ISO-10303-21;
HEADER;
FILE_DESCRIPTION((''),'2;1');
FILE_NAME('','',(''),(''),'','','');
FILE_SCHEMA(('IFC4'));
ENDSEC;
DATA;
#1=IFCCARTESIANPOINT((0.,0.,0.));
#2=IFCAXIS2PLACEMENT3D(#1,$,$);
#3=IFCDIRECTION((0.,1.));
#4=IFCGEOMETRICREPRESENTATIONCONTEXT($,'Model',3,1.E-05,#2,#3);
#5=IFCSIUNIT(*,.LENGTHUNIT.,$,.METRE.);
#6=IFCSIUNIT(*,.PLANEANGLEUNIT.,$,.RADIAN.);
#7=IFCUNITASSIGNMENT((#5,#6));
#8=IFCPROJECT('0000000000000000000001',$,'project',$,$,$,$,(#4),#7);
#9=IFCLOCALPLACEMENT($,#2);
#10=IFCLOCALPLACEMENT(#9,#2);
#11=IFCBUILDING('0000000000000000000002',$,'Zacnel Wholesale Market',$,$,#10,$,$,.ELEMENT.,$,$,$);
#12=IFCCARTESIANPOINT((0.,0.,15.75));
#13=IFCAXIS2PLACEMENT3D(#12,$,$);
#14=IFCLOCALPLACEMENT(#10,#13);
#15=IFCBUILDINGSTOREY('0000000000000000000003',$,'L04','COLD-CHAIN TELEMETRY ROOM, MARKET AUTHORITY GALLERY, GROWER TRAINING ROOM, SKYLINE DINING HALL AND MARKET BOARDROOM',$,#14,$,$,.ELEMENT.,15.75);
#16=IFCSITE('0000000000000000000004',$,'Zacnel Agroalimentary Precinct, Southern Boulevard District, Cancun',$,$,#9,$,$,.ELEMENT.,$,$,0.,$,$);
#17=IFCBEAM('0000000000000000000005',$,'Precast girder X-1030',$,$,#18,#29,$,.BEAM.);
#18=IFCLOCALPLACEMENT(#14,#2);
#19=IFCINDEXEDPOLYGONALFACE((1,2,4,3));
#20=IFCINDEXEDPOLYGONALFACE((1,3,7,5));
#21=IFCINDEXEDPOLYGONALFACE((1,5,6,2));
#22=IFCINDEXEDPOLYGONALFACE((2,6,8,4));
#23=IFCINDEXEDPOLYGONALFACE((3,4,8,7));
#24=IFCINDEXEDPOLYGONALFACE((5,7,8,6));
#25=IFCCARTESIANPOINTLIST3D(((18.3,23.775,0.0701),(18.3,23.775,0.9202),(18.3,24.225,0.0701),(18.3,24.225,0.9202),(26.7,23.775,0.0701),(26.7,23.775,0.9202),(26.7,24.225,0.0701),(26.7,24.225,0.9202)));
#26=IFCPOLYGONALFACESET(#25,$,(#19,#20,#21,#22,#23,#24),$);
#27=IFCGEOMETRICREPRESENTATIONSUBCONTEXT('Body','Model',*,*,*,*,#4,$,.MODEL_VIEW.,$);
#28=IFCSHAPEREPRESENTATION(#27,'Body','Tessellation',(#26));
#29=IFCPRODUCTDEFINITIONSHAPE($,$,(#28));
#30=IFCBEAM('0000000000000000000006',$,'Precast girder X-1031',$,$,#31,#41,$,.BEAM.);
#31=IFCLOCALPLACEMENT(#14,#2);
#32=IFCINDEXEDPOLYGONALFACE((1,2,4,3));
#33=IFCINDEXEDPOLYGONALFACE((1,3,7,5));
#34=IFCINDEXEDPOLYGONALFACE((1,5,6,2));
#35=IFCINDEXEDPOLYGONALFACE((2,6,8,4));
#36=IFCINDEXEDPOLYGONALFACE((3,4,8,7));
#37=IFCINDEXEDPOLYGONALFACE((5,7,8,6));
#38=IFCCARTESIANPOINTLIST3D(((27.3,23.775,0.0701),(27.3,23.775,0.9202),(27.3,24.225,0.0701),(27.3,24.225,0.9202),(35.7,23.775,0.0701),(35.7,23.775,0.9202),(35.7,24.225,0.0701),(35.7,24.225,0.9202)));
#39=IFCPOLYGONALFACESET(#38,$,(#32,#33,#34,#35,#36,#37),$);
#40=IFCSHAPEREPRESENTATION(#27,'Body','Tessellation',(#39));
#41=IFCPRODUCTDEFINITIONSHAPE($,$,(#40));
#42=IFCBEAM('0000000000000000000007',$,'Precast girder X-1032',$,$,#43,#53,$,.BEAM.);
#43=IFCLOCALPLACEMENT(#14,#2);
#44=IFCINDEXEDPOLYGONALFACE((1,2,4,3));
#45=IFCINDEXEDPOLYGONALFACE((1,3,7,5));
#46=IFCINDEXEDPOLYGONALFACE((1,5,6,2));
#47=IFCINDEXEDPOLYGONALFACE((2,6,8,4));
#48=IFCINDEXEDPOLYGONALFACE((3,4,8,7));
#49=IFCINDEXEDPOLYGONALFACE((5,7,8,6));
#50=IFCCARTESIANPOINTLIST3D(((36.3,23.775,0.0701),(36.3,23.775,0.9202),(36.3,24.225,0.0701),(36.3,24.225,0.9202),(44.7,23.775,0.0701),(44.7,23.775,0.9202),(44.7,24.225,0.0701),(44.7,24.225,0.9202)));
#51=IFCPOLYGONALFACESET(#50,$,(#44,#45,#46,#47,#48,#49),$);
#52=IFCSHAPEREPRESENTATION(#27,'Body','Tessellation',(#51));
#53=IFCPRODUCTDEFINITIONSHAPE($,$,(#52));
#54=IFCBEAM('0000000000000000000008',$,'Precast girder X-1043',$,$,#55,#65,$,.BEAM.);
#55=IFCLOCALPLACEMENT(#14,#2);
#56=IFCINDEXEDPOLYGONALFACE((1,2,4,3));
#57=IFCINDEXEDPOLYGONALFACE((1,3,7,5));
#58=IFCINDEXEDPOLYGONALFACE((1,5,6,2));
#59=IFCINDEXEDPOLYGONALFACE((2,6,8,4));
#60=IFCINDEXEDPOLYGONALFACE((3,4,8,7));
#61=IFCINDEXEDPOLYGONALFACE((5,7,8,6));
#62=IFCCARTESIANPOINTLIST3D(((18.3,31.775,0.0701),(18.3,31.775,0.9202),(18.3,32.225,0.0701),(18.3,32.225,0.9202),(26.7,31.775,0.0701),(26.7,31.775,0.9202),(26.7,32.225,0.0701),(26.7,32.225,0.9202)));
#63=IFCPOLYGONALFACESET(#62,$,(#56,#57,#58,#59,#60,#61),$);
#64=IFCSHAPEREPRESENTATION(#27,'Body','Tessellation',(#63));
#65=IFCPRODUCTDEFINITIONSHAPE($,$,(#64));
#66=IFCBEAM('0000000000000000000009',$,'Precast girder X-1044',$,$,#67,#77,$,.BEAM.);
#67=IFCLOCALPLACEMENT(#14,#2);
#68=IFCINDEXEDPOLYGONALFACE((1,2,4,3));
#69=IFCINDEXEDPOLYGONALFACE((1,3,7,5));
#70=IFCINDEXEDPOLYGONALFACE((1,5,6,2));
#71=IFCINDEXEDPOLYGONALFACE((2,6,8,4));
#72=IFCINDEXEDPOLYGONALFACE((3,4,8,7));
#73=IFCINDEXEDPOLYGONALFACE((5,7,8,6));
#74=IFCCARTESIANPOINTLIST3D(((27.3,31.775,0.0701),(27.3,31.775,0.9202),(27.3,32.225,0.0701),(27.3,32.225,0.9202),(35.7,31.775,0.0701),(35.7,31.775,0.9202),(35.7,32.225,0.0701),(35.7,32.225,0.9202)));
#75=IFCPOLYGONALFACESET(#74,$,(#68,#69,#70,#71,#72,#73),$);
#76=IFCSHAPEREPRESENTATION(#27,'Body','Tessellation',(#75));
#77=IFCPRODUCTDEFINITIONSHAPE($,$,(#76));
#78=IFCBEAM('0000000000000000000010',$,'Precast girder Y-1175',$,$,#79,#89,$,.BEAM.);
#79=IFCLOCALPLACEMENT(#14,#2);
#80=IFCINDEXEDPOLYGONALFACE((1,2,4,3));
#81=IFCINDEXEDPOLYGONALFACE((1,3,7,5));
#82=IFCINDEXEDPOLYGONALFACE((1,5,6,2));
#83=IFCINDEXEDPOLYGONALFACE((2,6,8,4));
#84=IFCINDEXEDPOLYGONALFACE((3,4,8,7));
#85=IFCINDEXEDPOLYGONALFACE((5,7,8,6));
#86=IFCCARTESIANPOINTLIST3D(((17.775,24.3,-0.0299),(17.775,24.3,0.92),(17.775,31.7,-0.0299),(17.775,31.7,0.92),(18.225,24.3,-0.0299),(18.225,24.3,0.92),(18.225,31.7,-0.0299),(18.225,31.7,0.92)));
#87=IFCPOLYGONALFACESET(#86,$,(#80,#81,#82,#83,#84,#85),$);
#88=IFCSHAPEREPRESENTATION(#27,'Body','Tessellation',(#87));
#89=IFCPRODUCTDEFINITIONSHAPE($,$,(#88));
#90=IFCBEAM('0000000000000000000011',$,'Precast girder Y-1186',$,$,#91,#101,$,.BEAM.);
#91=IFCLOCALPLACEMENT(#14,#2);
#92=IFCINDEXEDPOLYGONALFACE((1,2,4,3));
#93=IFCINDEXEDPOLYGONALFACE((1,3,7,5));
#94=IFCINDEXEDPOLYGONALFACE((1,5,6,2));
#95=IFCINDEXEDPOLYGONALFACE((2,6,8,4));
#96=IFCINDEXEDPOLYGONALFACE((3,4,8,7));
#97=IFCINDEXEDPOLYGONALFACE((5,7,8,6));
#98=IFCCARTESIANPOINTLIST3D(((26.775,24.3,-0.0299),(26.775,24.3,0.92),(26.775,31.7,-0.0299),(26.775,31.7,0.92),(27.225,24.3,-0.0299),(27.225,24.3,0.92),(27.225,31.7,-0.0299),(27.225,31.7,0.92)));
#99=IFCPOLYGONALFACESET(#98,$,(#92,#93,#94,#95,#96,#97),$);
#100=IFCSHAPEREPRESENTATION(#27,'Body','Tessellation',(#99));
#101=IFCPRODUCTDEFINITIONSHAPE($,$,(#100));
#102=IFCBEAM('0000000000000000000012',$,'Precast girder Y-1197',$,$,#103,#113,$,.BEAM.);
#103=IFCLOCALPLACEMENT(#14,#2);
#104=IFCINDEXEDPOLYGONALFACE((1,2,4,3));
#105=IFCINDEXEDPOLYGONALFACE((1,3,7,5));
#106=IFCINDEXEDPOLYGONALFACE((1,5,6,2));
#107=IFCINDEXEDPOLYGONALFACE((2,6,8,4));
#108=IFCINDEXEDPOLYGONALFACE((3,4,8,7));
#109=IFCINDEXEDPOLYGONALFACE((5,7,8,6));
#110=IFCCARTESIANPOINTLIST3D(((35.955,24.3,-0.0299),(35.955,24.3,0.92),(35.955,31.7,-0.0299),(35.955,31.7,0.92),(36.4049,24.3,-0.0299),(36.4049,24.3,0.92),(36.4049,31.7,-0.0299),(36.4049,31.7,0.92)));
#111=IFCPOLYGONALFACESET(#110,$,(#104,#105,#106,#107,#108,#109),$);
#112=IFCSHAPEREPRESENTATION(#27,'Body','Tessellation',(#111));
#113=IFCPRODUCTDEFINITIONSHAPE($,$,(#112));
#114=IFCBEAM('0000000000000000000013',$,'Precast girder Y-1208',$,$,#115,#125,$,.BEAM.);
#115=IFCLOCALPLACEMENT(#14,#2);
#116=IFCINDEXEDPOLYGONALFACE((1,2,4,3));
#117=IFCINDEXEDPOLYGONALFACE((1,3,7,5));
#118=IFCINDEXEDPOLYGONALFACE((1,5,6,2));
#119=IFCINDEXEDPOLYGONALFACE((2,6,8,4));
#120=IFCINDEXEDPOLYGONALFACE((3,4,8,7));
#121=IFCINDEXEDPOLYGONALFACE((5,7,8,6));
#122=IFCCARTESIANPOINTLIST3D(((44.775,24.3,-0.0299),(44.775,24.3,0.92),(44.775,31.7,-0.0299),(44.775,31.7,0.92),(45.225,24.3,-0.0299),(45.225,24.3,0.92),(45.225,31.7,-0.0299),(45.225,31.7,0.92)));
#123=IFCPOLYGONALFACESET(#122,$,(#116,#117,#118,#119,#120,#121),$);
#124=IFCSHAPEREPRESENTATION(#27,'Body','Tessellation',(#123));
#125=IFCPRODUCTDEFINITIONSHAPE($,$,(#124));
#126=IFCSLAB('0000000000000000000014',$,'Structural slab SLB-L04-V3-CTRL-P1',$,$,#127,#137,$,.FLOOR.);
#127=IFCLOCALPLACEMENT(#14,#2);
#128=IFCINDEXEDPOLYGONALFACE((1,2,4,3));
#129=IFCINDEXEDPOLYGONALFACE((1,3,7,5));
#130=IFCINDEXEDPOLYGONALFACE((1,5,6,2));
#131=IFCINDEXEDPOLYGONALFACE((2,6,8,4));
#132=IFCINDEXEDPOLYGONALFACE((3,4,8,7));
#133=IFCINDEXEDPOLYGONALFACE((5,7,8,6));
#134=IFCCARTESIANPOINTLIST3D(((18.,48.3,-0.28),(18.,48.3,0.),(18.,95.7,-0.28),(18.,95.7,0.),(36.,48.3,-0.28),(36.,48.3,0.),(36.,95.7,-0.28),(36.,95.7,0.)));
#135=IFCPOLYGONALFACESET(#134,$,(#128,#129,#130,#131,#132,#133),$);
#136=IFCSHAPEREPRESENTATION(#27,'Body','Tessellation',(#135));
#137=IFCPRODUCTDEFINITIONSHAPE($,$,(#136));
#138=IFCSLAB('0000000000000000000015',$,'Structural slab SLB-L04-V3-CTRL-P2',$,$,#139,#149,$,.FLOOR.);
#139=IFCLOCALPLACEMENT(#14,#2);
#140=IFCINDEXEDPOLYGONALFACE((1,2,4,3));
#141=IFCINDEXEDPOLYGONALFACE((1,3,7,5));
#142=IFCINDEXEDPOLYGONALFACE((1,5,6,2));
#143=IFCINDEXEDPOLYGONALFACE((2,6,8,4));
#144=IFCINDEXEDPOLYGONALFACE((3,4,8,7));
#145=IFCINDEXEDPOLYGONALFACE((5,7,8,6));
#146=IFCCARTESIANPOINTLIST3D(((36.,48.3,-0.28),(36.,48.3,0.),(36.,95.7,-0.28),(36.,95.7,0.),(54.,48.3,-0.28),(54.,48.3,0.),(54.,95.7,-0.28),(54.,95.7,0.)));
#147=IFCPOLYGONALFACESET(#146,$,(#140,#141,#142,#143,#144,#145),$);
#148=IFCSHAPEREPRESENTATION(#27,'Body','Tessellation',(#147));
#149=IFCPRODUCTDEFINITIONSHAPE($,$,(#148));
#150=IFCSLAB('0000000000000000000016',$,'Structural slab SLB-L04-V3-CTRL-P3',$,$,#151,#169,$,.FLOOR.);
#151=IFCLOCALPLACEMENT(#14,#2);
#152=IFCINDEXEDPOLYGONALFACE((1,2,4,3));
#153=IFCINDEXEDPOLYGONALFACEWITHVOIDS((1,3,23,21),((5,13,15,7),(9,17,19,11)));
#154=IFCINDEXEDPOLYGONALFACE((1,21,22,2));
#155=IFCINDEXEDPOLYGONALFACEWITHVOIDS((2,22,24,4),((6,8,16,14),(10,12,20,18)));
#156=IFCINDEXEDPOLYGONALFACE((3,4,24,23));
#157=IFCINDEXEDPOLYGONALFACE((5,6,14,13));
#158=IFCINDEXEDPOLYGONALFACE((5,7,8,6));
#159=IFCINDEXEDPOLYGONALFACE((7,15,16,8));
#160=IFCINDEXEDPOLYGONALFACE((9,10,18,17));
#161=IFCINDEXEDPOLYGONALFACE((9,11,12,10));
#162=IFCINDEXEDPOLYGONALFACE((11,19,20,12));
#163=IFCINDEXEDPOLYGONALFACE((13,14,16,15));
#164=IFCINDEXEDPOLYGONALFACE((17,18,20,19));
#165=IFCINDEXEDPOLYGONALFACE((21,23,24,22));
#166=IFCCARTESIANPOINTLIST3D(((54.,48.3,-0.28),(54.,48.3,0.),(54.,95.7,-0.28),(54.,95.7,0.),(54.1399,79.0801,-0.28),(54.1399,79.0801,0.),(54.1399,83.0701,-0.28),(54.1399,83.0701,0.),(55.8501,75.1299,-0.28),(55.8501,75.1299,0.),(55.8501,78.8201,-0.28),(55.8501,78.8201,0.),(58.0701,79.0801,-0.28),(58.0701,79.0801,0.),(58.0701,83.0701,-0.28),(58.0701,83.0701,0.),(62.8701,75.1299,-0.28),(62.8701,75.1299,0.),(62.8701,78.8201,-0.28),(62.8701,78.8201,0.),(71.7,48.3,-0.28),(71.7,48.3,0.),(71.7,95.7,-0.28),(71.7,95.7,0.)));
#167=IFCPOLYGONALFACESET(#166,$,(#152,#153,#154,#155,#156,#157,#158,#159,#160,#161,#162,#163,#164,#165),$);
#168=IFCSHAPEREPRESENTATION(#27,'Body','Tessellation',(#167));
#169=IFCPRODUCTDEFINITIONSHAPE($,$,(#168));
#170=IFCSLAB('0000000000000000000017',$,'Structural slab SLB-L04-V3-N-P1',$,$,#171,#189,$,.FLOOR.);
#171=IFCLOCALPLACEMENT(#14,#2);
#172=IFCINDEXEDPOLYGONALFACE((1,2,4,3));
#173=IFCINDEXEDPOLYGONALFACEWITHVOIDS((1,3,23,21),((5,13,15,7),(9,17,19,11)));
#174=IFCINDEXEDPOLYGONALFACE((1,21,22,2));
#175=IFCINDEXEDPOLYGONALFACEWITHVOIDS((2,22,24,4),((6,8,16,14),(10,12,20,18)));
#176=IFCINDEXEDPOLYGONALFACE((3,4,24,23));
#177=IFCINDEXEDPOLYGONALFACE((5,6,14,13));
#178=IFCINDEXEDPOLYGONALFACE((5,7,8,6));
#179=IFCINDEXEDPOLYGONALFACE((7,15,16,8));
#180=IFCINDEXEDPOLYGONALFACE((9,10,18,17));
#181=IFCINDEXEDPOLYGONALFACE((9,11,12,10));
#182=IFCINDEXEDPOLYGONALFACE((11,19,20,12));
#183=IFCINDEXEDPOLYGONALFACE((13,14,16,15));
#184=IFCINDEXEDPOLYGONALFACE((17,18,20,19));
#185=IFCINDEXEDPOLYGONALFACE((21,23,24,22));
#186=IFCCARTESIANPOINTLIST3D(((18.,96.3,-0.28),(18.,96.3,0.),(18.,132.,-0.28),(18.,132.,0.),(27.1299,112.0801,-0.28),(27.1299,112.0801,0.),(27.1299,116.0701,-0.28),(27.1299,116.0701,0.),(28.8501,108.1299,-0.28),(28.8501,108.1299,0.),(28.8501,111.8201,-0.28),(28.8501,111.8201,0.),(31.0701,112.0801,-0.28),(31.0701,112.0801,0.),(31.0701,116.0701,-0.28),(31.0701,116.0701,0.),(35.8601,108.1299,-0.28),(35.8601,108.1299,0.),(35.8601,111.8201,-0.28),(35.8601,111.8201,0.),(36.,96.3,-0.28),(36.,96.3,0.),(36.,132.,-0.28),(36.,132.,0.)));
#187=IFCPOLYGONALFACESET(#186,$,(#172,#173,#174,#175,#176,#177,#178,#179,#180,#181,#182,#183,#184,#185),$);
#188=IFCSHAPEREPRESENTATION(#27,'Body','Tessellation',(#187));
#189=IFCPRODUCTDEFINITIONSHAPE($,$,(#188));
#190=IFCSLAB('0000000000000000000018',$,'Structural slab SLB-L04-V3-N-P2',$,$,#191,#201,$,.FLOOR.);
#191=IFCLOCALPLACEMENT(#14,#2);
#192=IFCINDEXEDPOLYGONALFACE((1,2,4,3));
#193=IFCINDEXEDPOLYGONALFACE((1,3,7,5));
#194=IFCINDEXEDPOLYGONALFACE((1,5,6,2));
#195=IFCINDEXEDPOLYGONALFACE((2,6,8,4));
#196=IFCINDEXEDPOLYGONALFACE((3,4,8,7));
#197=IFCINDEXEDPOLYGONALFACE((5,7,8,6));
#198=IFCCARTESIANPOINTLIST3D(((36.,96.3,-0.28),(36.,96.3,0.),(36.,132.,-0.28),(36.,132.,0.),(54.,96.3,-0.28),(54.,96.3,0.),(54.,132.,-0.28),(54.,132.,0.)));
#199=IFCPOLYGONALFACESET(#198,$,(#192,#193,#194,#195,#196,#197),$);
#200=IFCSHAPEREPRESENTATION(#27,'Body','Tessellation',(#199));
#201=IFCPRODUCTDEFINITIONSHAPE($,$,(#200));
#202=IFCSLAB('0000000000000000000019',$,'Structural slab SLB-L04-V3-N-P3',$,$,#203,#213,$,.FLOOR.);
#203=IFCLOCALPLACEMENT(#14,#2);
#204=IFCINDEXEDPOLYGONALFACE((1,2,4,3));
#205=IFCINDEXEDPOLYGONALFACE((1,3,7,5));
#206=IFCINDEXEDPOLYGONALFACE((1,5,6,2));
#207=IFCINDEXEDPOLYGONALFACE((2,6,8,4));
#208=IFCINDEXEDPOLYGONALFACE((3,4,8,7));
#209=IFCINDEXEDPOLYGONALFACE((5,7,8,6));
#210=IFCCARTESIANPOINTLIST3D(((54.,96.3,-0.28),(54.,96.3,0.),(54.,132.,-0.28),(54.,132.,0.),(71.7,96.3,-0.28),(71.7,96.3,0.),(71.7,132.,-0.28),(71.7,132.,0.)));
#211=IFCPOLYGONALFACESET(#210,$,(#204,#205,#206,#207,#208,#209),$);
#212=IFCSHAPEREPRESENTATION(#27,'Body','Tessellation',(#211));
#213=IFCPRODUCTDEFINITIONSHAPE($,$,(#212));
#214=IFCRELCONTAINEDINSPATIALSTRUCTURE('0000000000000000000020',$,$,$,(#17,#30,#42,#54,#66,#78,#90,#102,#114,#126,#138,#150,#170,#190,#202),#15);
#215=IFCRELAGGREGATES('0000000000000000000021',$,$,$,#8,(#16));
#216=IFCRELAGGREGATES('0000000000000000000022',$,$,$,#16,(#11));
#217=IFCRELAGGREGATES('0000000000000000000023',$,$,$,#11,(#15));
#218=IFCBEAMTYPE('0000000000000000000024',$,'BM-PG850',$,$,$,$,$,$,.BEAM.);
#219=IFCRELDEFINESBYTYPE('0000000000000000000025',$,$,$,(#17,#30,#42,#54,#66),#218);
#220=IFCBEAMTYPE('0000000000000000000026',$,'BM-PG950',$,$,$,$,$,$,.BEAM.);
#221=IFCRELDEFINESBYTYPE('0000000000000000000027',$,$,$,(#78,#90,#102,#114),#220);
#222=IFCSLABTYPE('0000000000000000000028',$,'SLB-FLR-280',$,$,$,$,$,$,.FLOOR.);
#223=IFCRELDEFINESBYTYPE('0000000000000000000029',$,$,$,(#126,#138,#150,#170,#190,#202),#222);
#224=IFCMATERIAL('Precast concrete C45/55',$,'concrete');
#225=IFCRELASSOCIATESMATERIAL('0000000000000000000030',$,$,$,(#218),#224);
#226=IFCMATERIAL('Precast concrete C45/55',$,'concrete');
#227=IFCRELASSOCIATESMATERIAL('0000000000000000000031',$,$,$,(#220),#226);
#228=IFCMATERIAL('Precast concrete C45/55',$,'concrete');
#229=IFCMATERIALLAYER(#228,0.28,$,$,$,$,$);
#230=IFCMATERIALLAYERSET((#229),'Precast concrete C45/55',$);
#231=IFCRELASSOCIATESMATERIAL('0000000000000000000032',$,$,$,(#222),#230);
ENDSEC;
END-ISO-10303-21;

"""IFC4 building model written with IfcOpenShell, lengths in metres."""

from ifc_helpers import new_model, si_unit, direction, frame, origin, origin_2d, place, context, subcontext, project, spatial, polyline, rectangle, outline, extrude, material, layer, layer_set, material_profile, profile_set, type_object, element, save


model = new_model("IFC4")

# Units and contexts
model_context = context("Model", 3, precision=1e-05, world=origin(), true_north=direction((0.0, 1.0)))
body_context = subcontext(model_context, "Body", "Model", "MODEL_VIEW")
ifc_project = project(units=[si_unit("LENGTHUNIT", "METRE"), si_unit("PLANEANGLEUNIT", "RADIAN")], contexts=[model_context])

# Site, building, storey
site_placement = place(None, origin())
site = spatial("IfcSite", under=ifc_project, at=site_placement, Name="Zacnel Agroalimentary Precinct, Southern Boulevard District, Cancun", CompositionType="ELEMENT", RefElevation=0.0)
building_placement = place(site_placement, origin())
building = spatial("IfcBuilding", under=site, at=building_placement, Name="Zacnel Wholesale Market", CompositionType="ELEMENT")
storey_placement = place(building_placement, frame((0.0, 0.0, 15.75)))
storey = spatial("IfcBuildingStorey", under=building, at=storey_placement, Name="L04", Description="COLD-CHAIN TELEMETRY ROOM, MARKET AUTHORITY GALLERY, GROWER TRAINING ROOM, SKYLINE DINING HALL AND MARKET BOARDROOM", CompositionType="ELEMENT", Elevation=15.75)

# Beams
ifc_material_1 = material(Name="Precast concrete C45/55", Category="concrete")
ifc_material_profile_1 = material_profile(ifc_material_1, rectangle(XDim=0.45, YDim=0.8501, at=origin_2d()), Name="PG 450x850")
ifc_profile_set_1 = profile_set([ifc_material_profile_1], Name="Precast concrete C45/55")
beam_type_1 = type_object("IfcBeamType", Name="BM-PG850", PredefinedType="BEAM", material=ifc_profile_set_1)
for number, where, z_axis, x_axis, name in (
    (1, (18.3, 24.0, 0.4951), (1.0, 0.0, 0.0), (0.0, 1.0, 0.0), "Precast girder X-1030"),
    (2, (27.3, 24.0, 0.4951), (1.0, 0.0, 0.0), (0.0, 1.0, 0.0), "Precast girder X-1031"),
    (3, (36.3, 24.0, 0.4951), (1.0, 0.0, 0.0), (0.0, 1.0, 0.0), "Precast girder X-1032"),
    (4, (18.3, 32.0, 0.4951), (1.0, 0.0, 0.0), (0.0, 1.0, 0.0), "Precast girder X-1043"),
    (5, (27.3, 32.0, 0.4951), (1.0, 0.0, 0.0), (0.0, 1.0, 0.0), "Precast girder X-1044"),
):
    element("IfcBeam", number, at=place(storey_placement, frame(where, z_axis=z_axis, x_axis=x_axis)), inside=storey, type_object=beam_type_1, Name=name, PredefinedType="BEAM", context=body_context, shape_type="SweptSolid", body=[
        extrude(rectangle(XDim=0.45, YDim=0.8501, at=origin_2d()), origin(), (0.0, 0.0, 1.0), 8.3999),
    ])
ifc_material_2 = material(Name="Precast concrete C45/55", Category="concrete")
ifc_material_profile_2 = material_profile(ifc_material_2, rectangle(XDim=0.45, YDim=0.95, at=origin_2d()), Name="PG 450x950")
ifc_profile_set_2 = profile_set([ifc_material_profile_2], Name="Precast concrete C45/55")
beam_type_2 = type_object("IfcBeamType", Name="BM-PG950", PredefinedType="BEAM", material=ifc_profile_set_2)
for number, where, z_axis, x_axis, name in (
    (6, (18.0, 24.3, 0.4451), (0.0, 1.0, 0.0), (-1.0, 0.0, 0.0), "Precast girder Y-1175"),
    (7, (27.0, 24.3, 0.4451), (0.0, 1.0, 0.0), (-1.0, 0.0, 0.0), "Precast girder Y-1186"),
    (8, (36.1799, 24.3, 0.4451), (0.0, 1.0, 0.0), (-1.0, 0.0, 0.0), "Precast girder Y-1197"),
    (9, (45.0, 24.3, 0.4451), (0.0, 1.0, 0.0), (-1.0, 0.0, 0.0), "Precast girder Y-1208"),
):
    element("IfcBeam", number, at=place(storey_placement, frame(where, z_axis=z_axis, x_axis=x_axis)), inside=storey, type_object=beam_type_2, Name=name, PredefinedType="BEAM", context=body_context, shape_type="SweptSolid", body=[
        extrude(rectangle(XDim=0.45, YDim=0.95, at=origin_2d()), origin(), (0.0, 0.0, 1.0), 7.3999),
    ])

# Slabs
ifc_material_3 = material(Name="Precast concrete C45/55", Category="concrete")
ifc_layer_1 = layer(ifc_material_3, 0.28)
ifc_layer_set_1 = layer_set([ifc_layer_1], Name="Precast concrete C45/55")
slab_type_1 = type_object("IfcSlabType", Name="SLB-FLR-280", PredefinedType="FLOOR", material=ifc_layer_set_1)
slab_1_placement = place(storey_placement, frame((0.0, 0.0, -0.28)))
element("IfcSlab", 10, at=slab_1_placement, inside=storey, type_object=slab_type_1, Name="Structural slab SLB-L04-V3-CTRL-P1", PredefinedType="FLOOR", context=body_context, shape_type="SweptSolid", body=[
    extrude(outline(polyline([(36.0, 95.7), (36.0, 48.3), (18.0, 48.3), (18.0, 95.7), (36.0, 95.7)])), origin(), (0.0, 0.0, 1.0), 0.28),
])
slab_2_placement = place(storey_placement, frame((0.0, 0.0, -0.28)))
element("IfcSlab", 11, at=slab_2_placement, inside=storey, type_object=slab_type_1, Name="Structural slab SLB-L04-V3-CTRL-P2", PredefinedType="FLOOR", context=body_context, shape_type="SweptSolid", body=[
    extrude(outline(polyline([(54.0, 95.7), (54.0, 48.3), (36.0, 48.3), (36.0, 95.7), (54.0, 95.7)])), origin(), (0.0, 0.0, 1.0), 0.28),
])
slab_3_placement = place(storey_placement, frame((0.0, 0.0, -0.28)))
element("IfcSlab", 12, at=slab_3_placement, inside=storey, type_object=slab_type_1, Name="Structural slab SLB-L04-V3-CTRL-P3", PredefinedType="FLOOR", context=body_context, shape_type="SweptSolid", body=[
    extrude(outline(polyline([(71.7, 48.3), (54.0, 48.3), (54.0, 95.7), (71.7, 95.7), (71.7, 48.3)]), holes=[polyline([(55.8501, 75.1299), (62.8701, 75.1299), (62.8701, 78.8201), (55.8501, 78.8201), (55.8501, 75.1299)]), polyline([(54.1399, 79.0801), (58.0701, 79.0801), (58.0701, 83.0701), (54.1399, 83.0701), (54.1399, 79.0801)])]), origin(), (0.0, 0.0, 1.0), 0.28),
])
slab_4_placement = place(storey_placement, frame((0.0, 0.0, -0.28)))
element("IfcSlab", 13, at=slab_4_placement, inside=storey, type_object=slab_type_1, Name="Structural slab SLB-L04-V3-N-P1", PredefinedType="FLOOR", context=body_context, shape_type="SweptSolid", body=[
    extrude(outline(polyline([(36.0, 132.0), (36.0, 96.3), (18.0, 96.3), (18.0, 132.0), (36.0, 132.0)]), holes=[polyline([(28.8501, 108.1299), (35.8601, 108.1299), (35.8601, 111.8201), (28.8501, 111.8201), (28.8501, 108.1299)]), polyline([(27.1299, 112.0801), (31.0701, 112.0801), (31.0701, 116.0701), (27.1299, 116.0701), (27.1299, 112.0801)])]), origin(), (0.0, 0.0, 1.0), 0.28),
])
slab_5_placement = place(storey_placement, frame((0.0, 0.0, -0.28)))
element("IfcSlab", 14, at=slab_5_placement, inside=storey, type_object=slab_type_1, Name="Structural slab SLB-L04-V3-N-P2", PredefinedType="FLOOR", context=body_context, shape_type="SweptSolid", body=[
    extrude(outline(polyline([(54.0, 132.0), (54.0, 96.3), (36.0, 96.3), (36.0, 132.0), (54.0, 132.0)])), origin(), (0.0, 0.0, 1.0), 0.28),
])
slab_6_placement = place(storey_placement, frame((0.0, 0.0, -0.28)))
element("IfcSlab", 15, at=slab_6_placement, inside=storey, type_object=slab_type_1, Name="Structural slab SLB-L04-V3-N-P3", PredefinedType="FLOOR", context=body_context, shape_type="SweptSolid", body=[
    extrude(outline(polyline([(71.7, 96.3), (54.0, 96.3), (54.0, 132.0), (71.7, 132.0), (71.7, 96.3)])), origin(), (0.0, 0.0, 1.0), 0.28),
])

save(model, "model.ifc")
